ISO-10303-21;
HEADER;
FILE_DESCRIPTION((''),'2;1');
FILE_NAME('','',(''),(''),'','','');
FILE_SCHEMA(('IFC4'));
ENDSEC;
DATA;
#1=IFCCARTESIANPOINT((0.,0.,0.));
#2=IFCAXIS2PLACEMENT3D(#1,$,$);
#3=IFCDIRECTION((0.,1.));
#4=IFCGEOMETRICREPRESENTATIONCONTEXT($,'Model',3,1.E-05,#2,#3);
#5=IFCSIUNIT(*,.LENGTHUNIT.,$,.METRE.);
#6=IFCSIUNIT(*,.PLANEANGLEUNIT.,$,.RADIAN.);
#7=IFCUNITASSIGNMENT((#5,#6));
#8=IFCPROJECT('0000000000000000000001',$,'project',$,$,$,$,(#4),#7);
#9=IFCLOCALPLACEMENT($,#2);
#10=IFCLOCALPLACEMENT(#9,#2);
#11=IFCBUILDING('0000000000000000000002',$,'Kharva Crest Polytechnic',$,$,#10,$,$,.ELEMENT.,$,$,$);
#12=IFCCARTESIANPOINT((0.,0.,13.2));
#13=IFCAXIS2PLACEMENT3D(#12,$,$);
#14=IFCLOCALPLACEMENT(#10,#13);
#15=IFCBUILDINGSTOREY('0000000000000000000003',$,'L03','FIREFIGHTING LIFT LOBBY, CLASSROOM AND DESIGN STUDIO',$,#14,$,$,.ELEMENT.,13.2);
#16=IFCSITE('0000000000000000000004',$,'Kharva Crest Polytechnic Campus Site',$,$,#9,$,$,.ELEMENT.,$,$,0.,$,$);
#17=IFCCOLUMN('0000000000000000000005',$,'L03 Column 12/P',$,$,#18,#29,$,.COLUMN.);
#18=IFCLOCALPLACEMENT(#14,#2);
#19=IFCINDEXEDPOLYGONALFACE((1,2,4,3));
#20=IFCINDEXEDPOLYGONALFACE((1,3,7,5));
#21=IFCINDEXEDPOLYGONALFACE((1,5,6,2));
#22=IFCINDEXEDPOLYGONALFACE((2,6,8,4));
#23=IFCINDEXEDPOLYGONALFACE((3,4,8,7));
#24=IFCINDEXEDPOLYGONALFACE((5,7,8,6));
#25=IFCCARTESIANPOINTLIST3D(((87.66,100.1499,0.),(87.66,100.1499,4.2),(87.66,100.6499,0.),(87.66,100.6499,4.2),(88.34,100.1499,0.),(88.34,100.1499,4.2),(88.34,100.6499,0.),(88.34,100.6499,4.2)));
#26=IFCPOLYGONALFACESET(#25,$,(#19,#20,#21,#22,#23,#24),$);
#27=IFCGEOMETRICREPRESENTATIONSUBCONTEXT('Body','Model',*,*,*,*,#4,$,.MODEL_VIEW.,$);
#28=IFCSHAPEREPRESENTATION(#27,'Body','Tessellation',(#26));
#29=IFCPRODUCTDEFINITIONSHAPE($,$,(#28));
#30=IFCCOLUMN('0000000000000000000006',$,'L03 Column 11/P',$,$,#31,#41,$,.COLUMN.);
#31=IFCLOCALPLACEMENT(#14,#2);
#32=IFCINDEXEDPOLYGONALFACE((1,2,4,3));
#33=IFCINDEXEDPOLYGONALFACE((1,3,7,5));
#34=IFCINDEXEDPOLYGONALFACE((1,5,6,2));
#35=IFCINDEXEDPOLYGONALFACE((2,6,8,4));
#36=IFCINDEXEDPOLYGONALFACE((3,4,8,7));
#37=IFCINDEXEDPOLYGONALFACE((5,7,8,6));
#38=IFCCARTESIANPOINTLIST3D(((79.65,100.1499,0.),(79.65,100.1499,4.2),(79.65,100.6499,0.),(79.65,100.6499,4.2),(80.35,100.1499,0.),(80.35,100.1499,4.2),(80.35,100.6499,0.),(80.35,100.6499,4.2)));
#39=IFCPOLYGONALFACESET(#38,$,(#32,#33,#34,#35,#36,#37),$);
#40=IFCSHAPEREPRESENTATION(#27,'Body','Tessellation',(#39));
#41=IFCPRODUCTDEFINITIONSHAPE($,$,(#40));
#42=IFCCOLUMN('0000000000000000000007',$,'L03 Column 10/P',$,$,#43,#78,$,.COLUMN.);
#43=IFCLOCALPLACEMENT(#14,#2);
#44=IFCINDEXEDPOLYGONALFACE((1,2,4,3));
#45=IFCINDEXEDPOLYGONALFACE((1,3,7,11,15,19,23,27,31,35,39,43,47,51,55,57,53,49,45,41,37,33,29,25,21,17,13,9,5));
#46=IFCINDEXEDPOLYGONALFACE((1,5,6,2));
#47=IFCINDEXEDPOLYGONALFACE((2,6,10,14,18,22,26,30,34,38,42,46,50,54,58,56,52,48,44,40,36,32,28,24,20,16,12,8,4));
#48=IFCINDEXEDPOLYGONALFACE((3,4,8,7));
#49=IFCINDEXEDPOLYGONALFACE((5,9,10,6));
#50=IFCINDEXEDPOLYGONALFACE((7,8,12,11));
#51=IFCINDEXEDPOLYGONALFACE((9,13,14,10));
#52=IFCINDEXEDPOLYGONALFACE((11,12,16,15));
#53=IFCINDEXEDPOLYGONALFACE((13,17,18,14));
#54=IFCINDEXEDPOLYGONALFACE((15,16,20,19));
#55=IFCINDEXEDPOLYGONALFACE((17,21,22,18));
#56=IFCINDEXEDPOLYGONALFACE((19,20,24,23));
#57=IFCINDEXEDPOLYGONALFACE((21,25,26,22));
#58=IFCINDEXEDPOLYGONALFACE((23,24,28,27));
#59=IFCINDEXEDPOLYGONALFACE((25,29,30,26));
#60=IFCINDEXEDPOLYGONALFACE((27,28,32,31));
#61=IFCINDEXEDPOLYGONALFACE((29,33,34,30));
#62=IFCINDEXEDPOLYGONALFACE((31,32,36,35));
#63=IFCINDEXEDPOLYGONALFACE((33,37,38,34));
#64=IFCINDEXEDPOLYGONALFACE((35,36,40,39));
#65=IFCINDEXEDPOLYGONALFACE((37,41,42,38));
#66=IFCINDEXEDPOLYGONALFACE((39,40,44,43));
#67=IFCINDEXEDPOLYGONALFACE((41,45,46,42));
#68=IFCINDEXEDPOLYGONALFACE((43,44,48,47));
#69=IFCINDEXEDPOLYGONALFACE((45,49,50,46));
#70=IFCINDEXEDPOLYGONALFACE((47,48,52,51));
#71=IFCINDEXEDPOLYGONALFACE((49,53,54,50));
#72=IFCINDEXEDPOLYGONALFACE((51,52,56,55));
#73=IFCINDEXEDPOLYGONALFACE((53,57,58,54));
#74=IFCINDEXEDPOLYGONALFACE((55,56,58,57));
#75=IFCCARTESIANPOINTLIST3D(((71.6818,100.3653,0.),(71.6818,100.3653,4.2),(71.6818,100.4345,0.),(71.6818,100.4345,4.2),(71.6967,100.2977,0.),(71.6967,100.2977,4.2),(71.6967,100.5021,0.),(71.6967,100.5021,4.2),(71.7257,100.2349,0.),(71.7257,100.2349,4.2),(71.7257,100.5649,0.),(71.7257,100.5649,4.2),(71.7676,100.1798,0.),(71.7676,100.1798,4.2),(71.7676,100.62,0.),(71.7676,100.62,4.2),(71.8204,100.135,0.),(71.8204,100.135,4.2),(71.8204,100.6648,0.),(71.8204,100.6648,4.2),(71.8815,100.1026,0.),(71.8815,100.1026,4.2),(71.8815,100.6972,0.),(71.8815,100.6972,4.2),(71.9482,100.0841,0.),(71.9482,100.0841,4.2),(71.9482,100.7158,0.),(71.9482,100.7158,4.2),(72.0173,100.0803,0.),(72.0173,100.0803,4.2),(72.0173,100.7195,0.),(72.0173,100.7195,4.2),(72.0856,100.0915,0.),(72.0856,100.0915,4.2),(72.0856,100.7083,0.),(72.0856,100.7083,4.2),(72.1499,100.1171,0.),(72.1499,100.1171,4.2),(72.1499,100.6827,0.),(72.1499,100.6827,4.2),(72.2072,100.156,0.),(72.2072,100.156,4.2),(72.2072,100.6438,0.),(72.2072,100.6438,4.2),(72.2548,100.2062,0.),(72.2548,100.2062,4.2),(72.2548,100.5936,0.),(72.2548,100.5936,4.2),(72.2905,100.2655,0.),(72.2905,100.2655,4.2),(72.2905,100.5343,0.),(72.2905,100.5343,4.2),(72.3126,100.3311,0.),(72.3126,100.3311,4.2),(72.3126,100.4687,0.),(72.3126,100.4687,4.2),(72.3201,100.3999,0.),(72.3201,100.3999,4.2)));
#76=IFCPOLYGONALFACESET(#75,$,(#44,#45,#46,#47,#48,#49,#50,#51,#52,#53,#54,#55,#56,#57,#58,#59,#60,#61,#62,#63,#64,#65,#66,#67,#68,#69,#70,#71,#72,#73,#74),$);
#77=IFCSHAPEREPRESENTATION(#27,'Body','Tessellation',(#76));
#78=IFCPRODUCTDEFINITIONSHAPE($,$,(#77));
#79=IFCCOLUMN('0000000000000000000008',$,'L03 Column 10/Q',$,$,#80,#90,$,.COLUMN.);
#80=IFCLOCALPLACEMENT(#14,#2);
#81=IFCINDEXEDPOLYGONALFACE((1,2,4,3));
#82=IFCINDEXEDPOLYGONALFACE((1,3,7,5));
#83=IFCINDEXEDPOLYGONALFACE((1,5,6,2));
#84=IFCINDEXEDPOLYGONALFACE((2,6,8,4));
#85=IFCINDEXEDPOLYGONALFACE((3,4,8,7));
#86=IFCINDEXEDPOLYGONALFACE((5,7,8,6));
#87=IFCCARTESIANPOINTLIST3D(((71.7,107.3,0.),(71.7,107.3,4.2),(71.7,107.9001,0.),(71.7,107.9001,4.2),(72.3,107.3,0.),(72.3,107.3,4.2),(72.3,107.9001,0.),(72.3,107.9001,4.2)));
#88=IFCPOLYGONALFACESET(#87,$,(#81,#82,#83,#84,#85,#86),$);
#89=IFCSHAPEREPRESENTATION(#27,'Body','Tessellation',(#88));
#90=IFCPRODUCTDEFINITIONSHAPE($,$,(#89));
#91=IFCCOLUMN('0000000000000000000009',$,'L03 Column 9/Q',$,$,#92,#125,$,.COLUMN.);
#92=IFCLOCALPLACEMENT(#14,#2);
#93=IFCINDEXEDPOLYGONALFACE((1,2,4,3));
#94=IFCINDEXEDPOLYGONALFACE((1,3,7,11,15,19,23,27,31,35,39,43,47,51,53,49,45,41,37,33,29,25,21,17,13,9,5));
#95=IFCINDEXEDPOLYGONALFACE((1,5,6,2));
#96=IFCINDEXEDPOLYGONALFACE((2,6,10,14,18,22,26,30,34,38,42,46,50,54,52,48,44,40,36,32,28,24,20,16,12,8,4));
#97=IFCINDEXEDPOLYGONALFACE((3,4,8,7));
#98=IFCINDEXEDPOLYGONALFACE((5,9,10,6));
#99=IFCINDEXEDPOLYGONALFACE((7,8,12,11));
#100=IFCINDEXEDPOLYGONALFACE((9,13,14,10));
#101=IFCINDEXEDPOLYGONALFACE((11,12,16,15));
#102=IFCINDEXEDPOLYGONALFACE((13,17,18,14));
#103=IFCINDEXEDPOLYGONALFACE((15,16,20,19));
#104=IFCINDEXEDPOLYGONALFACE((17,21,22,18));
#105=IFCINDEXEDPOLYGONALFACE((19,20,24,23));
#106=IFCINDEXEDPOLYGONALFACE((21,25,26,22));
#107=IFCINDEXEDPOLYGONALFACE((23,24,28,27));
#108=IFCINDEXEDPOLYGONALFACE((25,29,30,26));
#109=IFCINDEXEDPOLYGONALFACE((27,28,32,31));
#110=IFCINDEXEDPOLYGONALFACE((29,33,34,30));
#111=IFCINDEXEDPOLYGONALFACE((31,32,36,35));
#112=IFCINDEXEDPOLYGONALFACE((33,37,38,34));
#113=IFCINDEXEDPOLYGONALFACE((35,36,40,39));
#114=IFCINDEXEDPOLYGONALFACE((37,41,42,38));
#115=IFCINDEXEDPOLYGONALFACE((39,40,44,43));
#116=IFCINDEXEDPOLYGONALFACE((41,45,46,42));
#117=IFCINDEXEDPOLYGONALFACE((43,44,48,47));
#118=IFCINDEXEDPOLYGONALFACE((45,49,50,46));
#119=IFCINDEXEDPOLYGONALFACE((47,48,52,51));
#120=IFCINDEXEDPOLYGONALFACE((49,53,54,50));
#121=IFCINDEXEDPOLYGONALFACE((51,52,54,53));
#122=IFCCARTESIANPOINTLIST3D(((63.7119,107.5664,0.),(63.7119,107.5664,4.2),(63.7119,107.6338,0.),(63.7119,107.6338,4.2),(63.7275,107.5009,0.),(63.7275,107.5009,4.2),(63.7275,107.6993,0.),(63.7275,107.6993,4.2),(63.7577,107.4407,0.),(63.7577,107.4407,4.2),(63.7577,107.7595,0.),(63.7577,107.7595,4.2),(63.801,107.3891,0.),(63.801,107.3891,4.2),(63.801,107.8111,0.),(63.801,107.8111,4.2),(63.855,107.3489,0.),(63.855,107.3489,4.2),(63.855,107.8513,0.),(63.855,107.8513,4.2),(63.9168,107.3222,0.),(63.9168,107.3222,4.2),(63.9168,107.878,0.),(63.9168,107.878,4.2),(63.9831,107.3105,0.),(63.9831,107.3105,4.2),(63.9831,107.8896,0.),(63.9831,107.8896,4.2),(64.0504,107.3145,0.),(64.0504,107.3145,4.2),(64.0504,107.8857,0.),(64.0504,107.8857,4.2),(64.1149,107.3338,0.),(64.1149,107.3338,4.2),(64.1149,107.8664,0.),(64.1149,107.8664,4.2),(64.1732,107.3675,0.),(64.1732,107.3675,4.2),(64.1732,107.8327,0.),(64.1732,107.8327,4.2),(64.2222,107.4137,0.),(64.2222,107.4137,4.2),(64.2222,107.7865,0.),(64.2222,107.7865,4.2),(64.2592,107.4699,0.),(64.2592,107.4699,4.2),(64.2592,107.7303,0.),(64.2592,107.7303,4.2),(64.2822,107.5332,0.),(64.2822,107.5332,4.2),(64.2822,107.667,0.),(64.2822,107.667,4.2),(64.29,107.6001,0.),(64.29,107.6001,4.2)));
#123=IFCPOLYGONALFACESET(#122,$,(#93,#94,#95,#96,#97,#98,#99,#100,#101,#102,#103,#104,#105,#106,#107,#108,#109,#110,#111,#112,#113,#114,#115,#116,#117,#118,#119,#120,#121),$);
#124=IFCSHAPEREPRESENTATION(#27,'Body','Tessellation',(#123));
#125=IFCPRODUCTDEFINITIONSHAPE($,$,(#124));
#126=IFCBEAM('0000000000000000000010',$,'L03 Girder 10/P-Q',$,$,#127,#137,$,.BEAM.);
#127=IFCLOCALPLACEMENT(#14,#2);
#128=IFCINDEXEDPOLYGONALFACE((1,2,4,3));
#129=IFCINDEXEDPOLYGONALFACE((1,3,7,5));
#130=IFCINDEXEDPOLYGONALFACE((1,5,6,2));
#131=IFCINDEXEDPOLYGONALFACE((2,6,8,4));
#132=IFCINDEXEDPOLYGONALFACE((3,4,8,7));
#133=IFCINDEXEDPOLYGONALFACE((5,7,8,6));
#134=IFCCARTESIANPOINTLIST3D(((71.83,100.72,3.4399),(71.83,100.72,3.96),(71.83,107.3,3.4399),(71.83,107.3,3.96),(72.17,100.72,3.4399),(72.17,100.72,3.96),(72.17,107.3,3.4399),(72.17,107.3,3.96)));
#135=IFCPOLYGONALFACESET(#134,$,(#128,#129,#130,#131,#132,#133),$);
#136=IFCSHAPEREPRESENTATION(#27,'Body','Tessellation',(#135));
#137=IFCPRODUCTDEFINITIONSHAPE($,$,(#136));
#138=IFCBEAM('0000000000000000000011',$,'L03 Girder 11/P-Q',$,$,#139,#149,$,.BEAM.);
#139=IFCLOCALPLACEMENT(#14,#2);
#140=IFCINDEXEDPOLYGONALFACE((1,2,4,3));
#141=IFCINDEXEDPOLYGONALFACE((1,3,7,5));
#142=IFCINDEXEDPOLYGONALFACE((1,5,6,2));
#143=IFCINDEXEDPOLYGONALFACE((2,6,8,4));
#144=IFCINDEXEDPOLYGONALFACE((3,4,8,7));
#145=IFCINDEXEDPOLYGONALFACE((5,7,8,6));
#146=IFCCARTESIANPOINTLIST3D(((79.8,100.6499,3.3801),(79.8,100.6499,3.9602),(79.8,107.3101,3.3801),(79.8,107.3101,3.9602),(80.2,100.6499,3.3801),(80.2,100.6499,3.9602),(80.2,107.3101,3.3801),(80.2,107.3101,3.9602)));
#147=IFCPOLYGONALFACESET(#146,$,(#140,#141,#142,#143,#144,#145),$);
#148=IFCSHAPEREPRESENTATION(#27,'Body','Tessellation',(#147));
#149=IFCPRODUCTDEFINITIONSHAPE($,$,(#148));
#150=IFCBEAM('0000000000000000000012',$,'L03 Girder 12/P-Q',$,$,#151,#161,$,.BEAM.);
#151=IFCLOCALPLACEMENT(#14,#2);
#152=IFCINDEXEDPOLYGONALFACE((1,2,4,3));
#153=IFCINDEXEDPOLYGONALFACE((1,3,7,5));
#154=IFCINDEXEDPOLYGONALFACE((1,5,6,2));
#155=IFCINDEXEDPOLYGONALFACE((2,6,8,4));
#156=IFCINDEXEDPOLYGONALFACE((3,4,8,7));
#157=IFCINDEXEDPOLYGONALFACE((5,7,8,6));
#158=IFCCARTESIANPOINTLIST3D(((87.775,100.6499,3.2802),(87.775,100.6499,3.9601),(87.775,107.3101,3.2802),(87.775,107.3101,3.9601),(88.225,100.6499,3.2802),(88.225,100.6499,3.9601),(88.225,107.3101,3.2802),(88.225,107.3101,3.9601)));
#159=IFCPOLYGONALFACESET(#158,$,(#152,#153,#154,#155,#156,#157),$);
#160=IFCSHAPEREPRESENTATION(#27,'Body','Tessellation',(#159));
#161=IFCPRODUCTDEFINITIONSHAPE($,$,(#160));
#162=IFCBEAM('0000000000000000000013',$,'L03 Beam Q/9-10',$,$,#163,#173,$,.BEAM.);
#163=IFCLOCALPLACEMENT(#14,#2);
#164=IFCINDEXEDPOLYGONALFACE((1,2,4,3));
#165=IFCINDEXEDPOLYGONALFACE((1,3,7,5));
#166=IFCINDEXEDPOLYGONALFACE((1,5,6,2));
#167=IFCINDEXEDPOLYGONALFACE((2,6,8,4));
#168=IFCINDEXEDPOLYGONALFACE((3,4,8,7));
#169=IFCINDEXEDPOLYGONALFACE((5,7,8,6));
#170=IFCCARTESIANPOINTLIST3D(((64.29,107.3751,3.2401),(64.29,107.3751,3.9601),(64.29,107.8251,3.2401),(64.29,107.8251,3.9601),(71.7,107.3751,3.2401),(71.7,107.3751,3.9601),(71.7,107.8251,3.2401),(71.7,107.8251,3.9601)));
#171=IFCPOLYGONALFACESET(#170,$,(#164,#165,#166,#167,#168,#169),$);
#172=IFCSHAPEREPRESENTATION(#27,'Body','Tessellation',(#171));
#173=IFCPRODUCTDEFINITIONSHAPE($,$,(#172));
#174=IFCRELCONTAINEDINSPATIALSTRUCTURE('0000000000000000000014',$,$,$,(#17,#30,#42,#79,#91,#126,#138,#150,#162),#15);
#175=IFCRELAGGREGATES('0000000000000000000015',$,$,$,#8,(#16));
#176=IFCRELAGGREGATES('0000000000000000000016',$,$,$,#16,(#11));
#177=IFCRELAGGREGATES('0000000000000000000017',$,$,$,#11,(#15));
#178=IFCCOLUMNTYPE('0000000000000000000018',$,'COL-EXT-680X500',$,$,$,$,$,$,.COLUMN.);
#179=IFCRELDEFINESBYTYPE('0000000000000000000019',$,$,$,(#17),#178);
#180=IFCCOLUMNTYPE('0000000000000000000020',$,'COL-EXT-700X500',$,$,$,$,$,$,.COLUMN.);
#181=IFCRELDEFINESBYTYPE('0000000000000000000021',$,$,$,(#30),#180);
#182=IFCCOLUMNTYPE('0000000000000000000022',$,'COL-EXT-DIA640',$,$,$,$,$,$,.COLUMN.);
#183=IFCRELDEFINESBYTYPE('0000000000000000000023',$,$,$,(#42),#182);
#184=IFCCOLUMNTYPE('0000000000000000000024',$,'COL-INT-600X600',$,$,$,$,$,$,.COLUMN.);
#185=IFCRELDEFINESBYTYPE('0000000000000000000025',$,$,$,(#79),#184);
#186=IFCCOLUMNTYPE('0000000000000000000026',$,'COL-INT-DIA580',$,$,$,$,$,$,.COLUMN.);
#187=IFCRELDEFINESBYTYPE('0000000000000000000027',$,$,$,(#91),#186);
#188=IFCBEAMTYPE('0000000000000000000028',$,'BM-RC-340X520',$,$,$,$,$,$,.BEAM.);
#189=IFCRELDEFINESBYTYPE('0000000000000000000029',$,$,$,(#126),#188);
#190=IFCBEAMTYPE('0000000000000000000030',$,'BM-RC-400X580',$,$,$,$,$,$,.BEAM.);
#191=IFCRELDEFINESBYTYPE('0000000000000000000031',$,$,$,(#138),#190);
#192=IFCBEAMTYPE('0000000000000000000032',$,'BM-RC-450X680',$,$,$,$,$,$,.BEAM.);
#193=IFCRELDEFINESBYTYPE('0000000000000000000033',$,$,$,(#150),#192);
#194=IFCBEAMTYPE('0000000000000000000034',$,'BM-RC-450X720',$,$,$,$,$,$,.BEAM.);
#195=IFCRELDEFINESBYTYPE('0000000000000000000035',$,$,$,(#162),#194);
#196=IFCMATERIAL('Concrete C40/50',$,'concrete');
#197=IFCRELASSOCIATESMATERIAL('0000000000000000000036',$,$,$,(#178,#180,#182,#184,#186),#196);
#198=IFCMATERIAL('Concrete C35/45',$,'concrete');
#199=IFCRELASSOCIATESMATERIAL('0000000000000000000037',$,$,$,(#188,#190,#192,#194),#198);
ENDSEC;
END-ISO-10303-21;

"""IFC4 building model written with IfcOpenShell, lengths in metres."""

from ifc_helpers import new_model, si_unit, direction, frame, origin, origin_2d, place, context, subcontext, project, spatial, rectangle, circle, extrude, material, material_profile, profile_set, type_object, element, save


model = new_model("IFC4")

# Units and contexts
model_context = context("Model", 3, precision=1e-05, world=origin(), true_north=direction((0.0, 1.0)))
body_context = subcontext(model_context, "Body", "Model", "MODEL_VIEW")
ifc_project = project(units=[si_unit("LENGTHUNIT", "METRE"), si_unit("PLANEANGLEUNIT", "RADIAN")], contexts=[model_context])

# Site, building, storey
site_placement = place(None, origin())
site = spatial("IfcSite", under=ifc_project, at=site_placement, Name="Kharva Crest Polytechnic Campus Site", CompositionType="ELEMENT", RefElevation=0.0)
building_placement = place(site_placement, origin())
building = spatial("IfcBuilding", under=site, at=building_placement, Name="Kharva Crest Polytechnic", CompositionType="ELEMENT")
storey_placement = place(building_placement, frame((0.0, 0.0, 13.2)))
storey = spatial("IfcBuildingStorey", under=building, at=storey_placement, Name="L03", Description="FIREFIGHTING LIFT LOBBY, CLASSROOM AND DESIGN STUDIO", CompositionType="ELEMENT", Elevation=13.2)

# Columns
ifc_material_1 = material(Name="Concrete C40/50", Category="concrete")
ifc_material_profile_1 = material_profile(ifc_material_1, rectangle(XDim=0.6799, YDim=0.5, at=origin_2d()), Name="RECT 680 X 500")
ifc_profile_set_1 = profile_set([ifc_material_profile_1], Name="Concrete C40/50")
column_type_1 = type_object("IfcColumnType", Name="COL-EXT-680X500", PredefinedType="COLUMN", material=ifc_profile_set_1)
column_1_placement = place(storey_placement, frame((88.0, 100.3999, 0.0), z_axis=(0.0, 0.0, 1.0), x_axis=(1.0, 0.0, 0.0)))
element("IfcColumn", 1, at=column_1_placement, inside=storey, type_object=column_type_1, Name="L03 Column 12/P", PredefinedType="COLUMN", context=body_context, shape_type="SweptSolid", body=[
    extrude(rectangle(XDim=0.6799, YDim=0.5, at=origin_2d()), origin(), (0.0, 0.0, 1.0), 4.2),
])
ifc_material_profile_2 = material_profile(ifc_material_1, rectangle(XDim=0.7, YDim=0.5, at=origin_2d()), Name="RECT 700 X 500")
ifc_profile_set_2 = profile_set([ifc_material_profile_2], Name="Concrete C40/50")
column_type_2 = type_object("IfcColumnType", Name="COL-EXT-700X500", PredefinedType="COLUMN", material=ifc_profile_set_2)
column_2_placement = place(storey_placement, frame((80.0, 100.3999, 0.0), z_axis=(0.0, 0.0, 1.0), x_axis=(1.0, 0.0, 0.0)))
element("IfcColumn", 2, at=column_2_placement, inside=storey, type_object=column_type_2, Name="L03 Column 11/P", PredefinedType="COLUMN", context=body_context, shape_type="SweptSolid", body=[
    extrude(rectangle(XDim=0.7, YDim=0.5, at=origin_2d()), origin(), (0.0, 0.0, 1.0), 4.2),
])
ifc_material_profile_3 = material_profile(ifc_material_1, circle(Radius=0.3201, at=origin_2d()), Name="DIA 640")
ifc_profile_set_3 = profile_set([ifc_material_profile_3], Name="Concrete C40/50")
column_type_3 = type_object("IfcColumnType", Name="COL-EXT-DIA640", PredefinedType="COLUMN", material=ifc_profile_set_3)
column_3_placement = place(storey_placement, frame((72.0, 100.3999, 0.0), z_axis=(0.0, 0.0, 1.0), x_axis=(1.0, 0.0, 0.0)))
element("IfcColumn", 3, at=column_3_placement, inside=storey, type_object=column_type_3, Name="L03 Column 10/P", PredefinedType="COLUMN", context=body_context, shape_type="SweptSolid", body=[
    extrude(circle(Radius=0.3201, at=origin_2d()), origin(), (0.0, 0.0, 1.0), 4.2),
])
ifc_material_profile_4 = material_profile(ifc_material_1, rectangle(XDim=0.6001, YDim=0.6001, at=origin_2d()), Name="RECT 600 X 600")
ifc_profile_set_4 = profile_set([ifc_material_profile_4], Name="Concrete C40/50")
column_type_4 = type_object("IfcColumnType", Name="COL-INT-600X600", PredefinedType="COLUMN", material=ifc_profile_set_4)
column_4_placement = place(storey_placement, frame((72.0, 107.6001, 0.0), z_axis=(0.0, 0.0, 1.0), x_axis=(1.0, 0.0, 0.0)))
element("IfcColumn", 4, at=column_4_placement, inside=storey, type_object=column_type_4, Name="L03 Column 10/Q", PredefinedType="COLUMN", context=body_context, shape_type="SweptSolid", body=[
    extrude(rectangle(XDim=0.6001, YDim=0.6001, at=origin_2d()), origin(), (0.0, 0.0, 1.0), 4.2),
])
ifc_material_profile_5 = material_profile(ifc_material_1, circle(Radius=0.29, at=origin_2d()), Name="DIA 580")
ifc_profile_set_5 = profile_set([ifc_material_profile_5], Name="Concrete C40/50")
column_type_5 = type_object("IfcColumnType", Name="COL-INT-DIA580", PredefinedType="COLUMN", material=ifc_profile_set_5)
column_5_placement = place(storey_placement, frame((64.0, 107.6001, 0.0), z_axis=(0.0, 0.0, 1.0), x_axis=(1.0, 0.0, 0.0)))
element("IfcColumn", 5, at=column_5_placement, inside=storey, type_object=column_type_5, Name="L03 Column 9/Q", PredefinedType="COLUMN", context=body_context, shape_type="SweptSolid", body=[
    extrude(circle(Radius=0.29, at=origin_2d()), origin(), (0.0, 0.0, 1.0), 4.2),
])

# Beams
ifc_material_2 = material(Name="Concrete C35/45", Category="concrete")
ifc_material_profile_6 = material_profile(ifc_material_2, rectangle(XDim=0.3401, YDim=0.52, at=origin_2d()), Name="RECT 340 X 520")
ifc_profile_set_6 = profile_set([ifc_material_profile_6], Name="Concrete C35/45")
beam_type_1 = type_object("IfcBeamType", Name="BM-RC-340X520", PredefinedType="BEAM", material=ifc_profile_set_6)
beam_1_placement = place(storey_placement, frame((72.0, 100.72, 3.7), z_axis=(0.0, 1.0, 0.0), x_axis=(-1.0, 0.0, 0.0)))
element("IfcBeam", 6, at=beam_1_placement, inside=storey, type_object=beam_type_1, Name="L03 Girder 10/P-Q", PredefinedType="BEAM", context=body_context, shape_type="SweptSolid", body=[
    extrude(rectangle(XDim=0.3401, YDim=0.52, at=origin_2d()), origin(), (0.0, 0.0, 1.0), 6.5801),
])
ifc_material_profile_7 = material_profile(ifc_material_2, rectangle(XDim=0.3999, YDim=0.5801, at=origin_2d()), Name="RECT 400 X 580")
ifc_profile_set_7 = profile_set([ifc_material_profile_7], Name="Concrete C35/45")
beam_type_2 = type_object("IfcBeamType", Name="BM-RC-400X580", PredefinedType="BEAM", material=ifc_profile_set_7)
beam_2_placement = place(storey_placement, frame((80.0, 100.6499, 3.6702), z_axis=(0.0, 1.0, 0.0), x_axis=(-1.0, 0.0, 0.0)))
element("IfcBeam", 7, at=beam_2_placement, inside=storey, type_object=beam_type_2, Name="L03 Girder 11/P-Q", PredefinedType="BEAM", context=body_context, shape_type="SweptSolid", body=[
    extrude(rectangle(XDim=0.3999, YDim=0.5801, at=origin_2d()), origin(), (0.0, 0.0, 1.0), 6.6602),
])
ifc_material_profile_8 = material_profile(ifc_material_2, rectangle(XDim=0.45, YDim=0.6799, at=origin_2d()), Name="RECT 450 X 680")
ifc_profile_set_8 = profile_set([ifc_material_profile_8], Name="Concrete C35/45")
beam_type_3 = type_object("IfcBeamType", Name="BM-RC-450X680", PredefinedType="BEAM", material=ifc_profile_set_8)
beam_3_placement = place(storey_placement, frame((88.0, 100.6499, 3.6201), z_axis=(0.0, 1.0, 0.0), x_axis=(-1.0, 0.0, 0.0)))
element("IfcBeam", 8, at=beam_3_placement, inside=storey, type_object=beam_type_3, Name="L03 Girder 12/P-Q", PredefinedType="BEAM", context=body_context, shape_type="SweptSolid", body=[
    extrude(rectangle(XDim=0.45, YDim=0.6799, at=origin_2d()), origin(), (0.0, 0.0, 1.0), 6.6602),
])
ifc_material_profile_9 = material_profile(ifc_material_2, rectangle(XDim=0.45, YDim=0.72, at=origin_2d()), Name="RECT 450 X 720")
ifc_profile_set_9 = profile_set([ifc_material_profile_9], Name="Concrete C35/45")
beam_type_4 = type_object("IfcBeamType", Name="BM-RC-450X720", PredefinedType="BEAM", material=ifc_profile_set_9)
beam_4_placement = place(storey_placement, frame((64.29, 107.6001, 3.6001), z_axis=(1.0, 0.0, 0.0), x_axis=(0.0, 1.0, 0.0)))
element("IfcBeam", 9, at=beam_4_placement, inside=storey, type_object=beam_type_4, Name="L03 Beam Q/9-10", PredefinedType="BEAM", context=body_context, shape_type="SweptSolid", body=[
    extrude(rectangle(XDim=0.45, YDim=0.72, at=origin_2d()), origin(), (0.0, 0.0, 1.0), 7.4099),
])

save(model, "model.ifc")
